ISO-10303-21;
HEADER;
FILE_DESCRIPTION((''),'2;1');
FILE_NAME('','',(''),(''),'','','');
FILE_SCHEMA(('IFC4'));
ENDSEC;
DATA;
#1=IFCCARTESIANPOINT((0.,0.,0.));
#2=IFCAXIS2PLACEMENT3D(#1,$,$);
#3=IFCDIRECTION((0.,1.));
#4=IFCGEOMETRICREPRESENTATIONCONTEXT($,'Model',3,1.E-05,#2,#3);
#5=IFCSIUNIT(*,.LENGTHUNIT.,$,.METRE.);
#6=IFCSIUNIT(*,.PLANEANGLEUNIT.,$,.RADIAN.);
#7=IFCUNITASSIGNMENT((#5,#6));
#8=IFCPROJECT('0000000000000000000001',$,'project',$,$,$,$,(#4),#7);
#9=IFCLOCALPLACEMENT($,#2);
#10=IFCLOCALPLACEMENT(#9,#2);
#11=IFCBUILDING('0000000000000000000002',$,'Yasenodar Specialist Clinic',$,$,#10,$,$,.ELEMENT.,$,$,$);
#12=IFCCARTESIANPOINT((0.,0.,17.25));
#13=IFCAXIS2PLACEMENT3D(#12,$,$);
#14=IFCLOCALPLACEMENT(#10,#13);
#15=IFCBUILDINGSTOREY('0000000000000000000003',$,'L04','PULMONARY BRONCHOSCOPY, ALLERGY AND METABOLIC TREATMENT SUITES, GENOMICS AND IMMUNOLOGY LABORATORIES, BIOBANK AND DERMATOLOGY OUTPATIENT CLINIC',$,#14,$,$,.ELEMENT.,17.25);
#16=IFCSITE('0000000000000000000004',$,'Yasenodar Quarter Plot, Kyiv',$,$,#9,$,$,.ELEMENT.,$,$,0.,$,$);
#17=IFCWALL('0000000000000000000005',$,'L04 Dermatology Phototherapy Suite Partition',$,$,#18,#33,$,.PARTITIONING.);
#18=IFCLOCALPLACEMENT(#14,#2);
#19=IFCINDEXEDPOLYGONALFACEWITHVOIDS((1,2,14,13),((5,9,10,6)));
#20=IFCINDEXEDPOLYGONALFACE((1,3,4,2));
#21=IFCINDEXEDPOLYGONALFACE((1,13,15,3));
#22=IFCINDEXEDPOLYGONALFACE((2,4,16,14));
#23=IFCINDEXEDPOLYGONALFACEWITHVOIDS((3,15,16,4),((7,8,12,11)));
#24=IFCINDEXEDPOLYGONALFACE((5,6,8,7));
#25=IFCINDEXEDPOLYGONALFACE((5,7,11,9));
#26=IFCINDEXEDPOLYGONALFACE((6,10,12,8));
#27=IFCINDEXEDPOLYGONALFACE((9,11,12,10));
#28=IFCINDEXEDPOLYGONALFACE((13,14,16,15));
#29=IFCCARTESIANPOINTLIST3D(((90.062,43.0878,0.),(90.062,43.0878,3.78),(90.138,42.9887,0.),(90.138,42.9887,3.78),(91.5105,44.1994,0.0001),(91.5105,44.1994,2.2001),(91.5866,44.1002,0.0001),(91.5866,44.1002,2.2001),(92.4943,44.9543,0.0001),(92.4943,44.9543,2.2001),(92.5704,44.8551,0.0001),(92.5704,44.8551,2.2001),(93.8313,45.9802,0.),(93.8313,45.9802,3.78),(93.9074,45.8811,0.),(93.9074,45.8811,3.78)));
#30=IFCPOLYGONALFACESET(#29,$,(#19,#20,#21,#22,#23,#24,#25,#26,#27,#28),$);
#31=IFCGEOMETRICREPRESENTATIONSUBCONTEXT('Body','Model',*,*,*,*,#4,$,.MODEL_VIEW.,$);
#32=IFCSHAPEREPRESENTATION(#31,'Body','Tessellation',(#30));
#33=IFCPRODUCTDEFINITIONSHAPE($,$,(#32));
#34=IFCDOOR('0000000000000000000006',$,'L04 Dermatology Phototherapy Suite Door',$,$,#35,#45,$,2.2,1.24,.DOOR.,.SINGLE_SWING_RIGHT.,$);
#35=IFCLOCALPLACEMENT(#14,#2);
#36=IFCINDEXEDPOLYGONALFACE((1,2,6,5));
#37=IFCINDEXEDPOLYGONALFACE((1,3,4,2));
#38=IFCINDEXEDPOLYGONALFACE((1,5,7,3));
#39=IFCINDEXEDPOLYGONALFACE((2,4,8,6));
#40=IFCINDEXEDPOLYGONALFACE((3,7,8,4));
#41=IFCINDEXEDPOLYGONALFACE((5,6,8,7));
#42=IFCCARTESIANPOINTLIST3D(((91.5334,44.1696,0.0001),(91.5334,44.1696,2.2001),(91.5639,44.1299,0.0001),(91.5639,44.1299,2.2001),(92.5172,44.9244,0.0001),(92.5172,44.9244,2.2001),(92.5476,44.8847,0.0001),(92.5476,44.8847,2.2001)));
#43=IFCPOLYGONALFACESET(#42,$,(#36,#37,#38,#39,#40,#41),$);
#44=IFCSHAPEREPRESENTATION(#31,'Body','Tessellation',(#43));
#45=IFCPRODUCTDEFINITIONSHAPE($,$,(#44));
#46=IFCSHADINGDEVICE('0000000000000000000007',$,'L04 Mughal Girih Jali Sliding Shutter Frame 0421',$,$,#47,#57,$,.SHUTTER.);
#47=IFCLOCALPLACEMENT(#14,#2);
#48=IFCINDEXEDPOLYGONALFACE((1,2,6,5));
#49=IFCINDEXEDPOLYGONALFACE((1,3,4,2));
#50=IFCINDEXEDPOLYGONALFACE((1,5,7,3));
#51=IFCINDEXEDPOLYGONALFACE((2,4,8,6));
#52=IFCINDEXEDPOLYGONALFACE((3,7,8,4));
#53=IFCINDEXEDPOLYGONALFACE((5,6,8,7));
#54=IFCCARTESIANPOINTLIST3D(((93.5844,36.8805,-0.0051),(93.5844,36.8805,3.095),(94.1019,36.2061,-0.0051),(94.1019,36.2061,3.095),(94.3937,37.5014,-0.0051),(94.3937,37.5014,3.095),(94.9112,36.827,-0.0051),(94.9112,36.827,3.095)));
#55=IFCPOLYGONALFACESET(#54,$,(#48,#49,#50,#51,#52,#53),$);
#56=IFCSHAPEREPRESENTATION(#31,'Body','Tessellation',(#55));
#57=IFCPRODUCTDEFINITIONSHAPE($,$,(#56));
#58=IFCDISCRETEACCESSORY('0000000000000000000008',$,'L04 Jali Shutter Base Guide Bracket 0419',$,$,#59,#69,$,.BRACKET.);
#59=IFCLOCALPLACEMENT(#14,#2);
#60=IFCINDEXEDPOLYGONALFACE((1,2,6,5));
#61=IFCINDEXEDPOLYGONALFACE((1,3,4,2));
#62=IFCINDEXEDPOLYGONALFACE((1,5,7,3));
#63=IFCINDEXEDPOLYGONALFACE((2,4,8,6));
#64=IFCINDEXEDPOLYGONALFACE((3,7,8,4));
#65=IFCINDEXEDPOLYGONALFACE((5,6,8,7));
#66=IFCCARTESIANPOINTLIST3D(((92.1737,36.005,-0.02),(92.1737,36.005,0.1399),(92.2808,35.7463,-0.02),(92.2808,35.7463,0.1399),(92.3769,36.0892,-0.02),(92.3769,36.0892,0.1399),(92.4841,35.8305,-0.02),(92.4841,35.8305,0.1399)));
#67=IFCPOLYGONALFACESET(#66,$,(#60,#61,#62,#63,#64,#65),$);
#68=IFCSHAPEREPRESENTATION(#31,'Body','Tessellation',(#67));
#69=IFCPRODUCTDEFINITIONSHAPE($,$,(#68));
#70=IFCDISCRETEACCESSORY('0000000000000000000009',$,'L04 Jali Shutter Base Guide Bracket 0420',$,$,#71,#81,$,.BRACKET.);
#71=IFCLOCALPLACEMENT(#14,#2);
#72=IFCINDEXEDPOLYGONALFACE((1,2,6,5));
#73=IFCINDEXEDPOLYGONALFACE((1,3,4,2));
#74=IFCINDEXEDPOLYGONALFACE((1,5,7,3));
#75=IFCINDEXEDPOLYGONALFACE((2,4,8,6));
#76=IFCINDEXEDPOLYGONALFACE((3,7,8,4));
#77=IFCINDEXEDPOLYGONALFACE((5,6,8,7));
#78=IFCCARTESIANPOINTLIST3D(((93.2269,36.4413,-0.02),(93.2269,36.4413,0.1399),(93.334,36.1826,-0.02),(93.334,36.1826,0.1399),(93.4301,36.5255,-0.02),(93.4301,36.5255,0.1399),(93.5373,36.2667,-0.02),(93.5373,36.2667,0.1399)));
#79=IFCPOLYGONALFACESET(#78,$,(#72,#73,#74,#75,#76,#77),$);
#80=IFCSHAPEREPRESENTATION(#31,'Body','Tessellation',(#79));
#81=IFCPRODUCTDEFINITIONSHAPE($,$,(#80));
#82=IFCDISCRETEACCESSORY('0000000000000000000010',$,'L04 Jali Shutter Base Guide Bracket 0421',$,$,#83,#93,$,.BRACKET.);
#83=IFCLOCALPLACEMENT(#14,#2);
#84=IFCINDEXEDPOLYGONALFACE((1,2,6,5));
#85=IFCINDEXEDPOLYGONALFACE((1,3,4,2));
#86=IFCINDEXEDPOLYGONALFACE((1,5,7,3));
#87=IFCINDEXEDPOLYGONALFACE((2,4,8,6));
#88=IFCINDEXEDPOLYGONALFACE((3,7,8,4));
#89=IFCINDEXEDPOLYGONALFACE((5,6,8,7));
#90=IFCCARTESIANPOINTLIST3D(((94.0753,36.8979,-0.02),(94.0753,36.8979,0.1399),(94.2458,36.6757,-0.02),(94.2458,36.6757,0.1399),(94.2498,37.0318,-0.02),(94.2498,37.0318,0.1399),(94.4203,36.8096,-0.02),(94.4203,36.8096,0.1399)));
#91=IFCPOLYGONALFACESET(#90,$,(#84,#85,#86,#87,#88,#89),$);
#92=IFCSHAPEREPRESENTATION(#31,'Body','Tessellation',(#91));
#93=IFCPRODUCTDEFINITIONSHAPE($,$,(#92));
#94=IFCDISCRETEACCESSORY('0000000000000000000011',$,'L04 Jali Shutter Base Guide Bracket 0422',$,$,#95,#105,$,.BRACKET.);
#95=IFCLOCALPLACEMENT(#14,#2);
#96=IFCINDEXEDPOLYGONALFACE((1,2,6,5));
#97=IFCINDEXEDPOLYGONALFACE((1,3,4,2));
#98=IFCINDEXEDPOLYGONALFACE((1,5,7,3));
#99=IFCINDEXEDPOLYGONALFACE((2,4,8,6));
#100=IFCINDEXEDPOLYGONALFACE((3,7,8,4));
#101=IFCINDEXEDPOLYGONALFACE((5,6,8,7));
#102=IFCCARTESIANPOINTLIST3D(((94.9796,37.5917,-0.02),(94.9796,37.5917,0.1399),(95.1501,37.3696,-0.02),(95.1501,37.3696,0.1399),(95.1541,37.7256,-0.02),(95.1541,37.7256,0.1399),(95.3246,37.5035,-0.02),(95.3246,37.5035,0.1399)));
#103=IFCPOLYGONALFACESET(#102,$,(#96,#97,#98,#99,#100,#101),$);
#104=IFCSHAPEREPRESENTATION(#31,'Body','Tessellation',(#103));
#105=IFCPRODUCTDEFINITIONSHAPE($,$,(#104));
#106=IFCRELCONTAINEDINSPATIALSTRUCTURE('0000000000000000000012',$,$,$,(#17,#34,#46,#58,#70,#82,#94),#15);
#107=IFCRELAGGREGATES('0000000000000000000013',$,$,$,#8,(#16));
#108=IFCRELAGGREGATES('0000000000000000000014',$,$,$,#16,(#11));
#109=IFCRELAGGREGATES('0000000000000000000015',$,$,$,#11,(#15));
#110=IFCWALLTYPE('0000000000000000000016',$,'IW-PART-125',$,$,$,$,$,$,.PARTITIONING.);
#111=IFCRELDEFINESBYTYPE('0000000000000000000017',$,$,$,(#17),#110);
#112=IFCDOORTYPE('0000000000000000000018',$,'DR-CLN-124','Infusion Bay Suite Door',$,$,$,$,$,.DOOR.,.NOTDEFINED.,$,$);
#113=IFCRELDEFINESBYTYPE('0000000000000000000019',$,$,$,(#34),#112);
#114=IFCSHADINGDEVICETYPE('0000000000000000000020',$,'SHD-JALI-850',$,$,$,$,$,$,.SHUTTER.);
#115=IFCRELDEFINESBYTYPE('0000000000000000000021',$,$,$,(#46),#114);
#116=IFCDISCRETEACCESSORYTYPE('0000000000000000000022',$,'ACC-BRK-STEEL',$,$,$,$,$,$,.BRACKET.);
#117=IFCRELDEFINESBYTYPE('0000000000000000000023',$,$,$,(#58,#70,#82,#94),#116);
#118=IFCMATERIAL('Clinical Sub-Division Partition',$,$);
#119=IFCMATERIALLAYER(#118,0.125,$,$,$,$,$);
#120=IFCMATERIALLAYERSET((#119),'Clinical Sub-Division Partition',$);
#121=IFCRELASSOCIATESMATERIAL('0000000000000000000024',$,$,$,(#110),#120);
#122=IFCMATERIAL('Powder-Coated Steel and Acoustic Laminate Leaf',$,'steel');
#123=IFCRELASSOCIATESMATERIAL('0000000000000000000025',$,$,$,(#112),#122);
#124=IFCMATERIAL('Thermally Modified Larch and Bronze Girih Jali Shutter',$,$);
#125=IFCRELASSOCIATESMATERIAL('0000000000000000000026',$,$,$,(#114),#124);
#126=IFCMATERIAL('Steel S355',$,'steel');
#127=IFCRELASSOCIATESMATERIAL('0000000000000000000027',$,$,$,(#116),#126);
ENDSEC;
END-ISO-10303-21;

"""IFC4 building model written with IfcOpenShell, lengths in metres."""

from ifc_helpers import new_model, si_unit, direction, frame, frame_2d, origin, origin_2d, place, context, subcontext, project, spatial, rectangle, extrude, material, layer, layer_set, type_object, element, fill, save


model = new_model("IFC4")

# Units and contexts
model_context = context("Model", 3, precision=1e-05, world=origin(), true_north=direction((0.0, 1.0)))
body_context = subcontext(model_context, "Body", "Model", "MODEL_VIEW")
ifc_project = project(units=[si_unit("LENGTHUNIT", "METRE"), si_unit("PLANEANGLEUNIT", "RADIAN")], contexts=[model_context])

# Site, building, storey
site_placement = place(None, origin())
site = spatial("IfcSite", under=ifc_project, at=site_placement, Name="Yasenodar Quarter Plot, Kyiv", CompositionType="ELEMENT", RefElevation=0.0)
building_placement = place(site_placement, origin())
building = spatial("IfcBuilding", under=site, at=building_placement, Name="Yasenodar Specialist Clinic", CompositionType="ELEMENT")
storey_placement = place(building_placement, frame((0.0, 0.0, 17.25)))
storey = spatial("IfcBuildingStorey", under=building, at=storey_placement, Name="L04", Description="PULMONARY BRONCHOSCOPY, ALLERGY AND METABOLIC TREATMENT SUITES, GENOMICS AND IMMUNOLOGY LABORATORIES, BIOBANK AND DERMATOLOGY OUTPATIENT CLINIC", CompositionType="ELEMENT", Elevation=17.25)

# Shared definitions
ifc_material_1 = material(Name="Steel S355", Category="steel")

# Wall, opening, door
ifc_material_2 = material(Name="Clinical Sub-Division Partition")
ifc_layer_1 = layer(ifc_material_2, 0.125)
ifc_layer_set_1 = layer_set([ifc_layer_1], Name="Clinical Sub-Division Partition")
wall_type_1 = type_object("IfcWallType", Name="IW-PART-125", PredefinedType="PARTITIONING", material=ifc_layer_set_1)
wall_1_placement = place(storey_placement, frame((90.1001, 43.0383, 0.0), z_axis=(0.0, 0.0, 1.0), x_axis=(0.793347, 0.608769, 0.0)))
wall_1 = element("IfcWall", 1, at=wall_1_placement, inside=storey, type_object=wall_type_1, Name="L04 Dermatology Phototherapy Suite Partition", PredefinedType="PARTITIONING", context=body_context, shape_type="SweptSolid", body=[
    extrude(rectangle(XDim=4.7512, YDim=0.125, at=frame_2d((2.3755, 0.0))), origin(), (0.0, 0.0, 1.0), 3.78),
])
opening_1_placement = place(wall_1_placement, frame((1.8257, 0.0, 0.0)))
opening_1 = element("IfcOpeningElement", 2, at=opening_1_placement, cuts=wall_1, PredefinedType="OPENING", context=body_context, shape_type="SweptSolid", body=[
    extrude(rectangle(XDim=1.24, YDim=2.2, at=frame_2d((0.6201, 1.1001))), frame((0.0, 0.0725, 0.0), z_axis=(0.0, -1.0, 0.0), x_axis=(1.0, 0.0, 0.0)), (0.0, 0.0, 1.0), 0.145),
])
ifc_material_3 = material(Name="Powder-Coated Steel and Acoustic Laminate Leaf", Category="steel")
door_type_1 = type_object("IfcDoorType", Name="DR-CLN-124", Description="Infusion Bay Suite Door", OperationType="NOTDEFINED", PredefinedType="DOOR", material=ifc_material_3)
door_1_placement = place(opening_1_placement, origin())
door_1 = element("IfcDoor", 3, at=door_1_placement, inside=storey, type_object=door_type_1, Name="L04 Dermatology Phototherapy Suite Door", OperationType="SINGLE_SWING_RIGHT", OverallHeight=2.2, OverallWidth=1.24, PredefinedType="DOOR", context=body_context, shape_type="SweptSolid", body=[
    extrude(rectangle(XDim=1.24, YDim=2.2, at=frame_2d((0.6201, 1.1001))), frame((0.0, 0.0249, 0.0), z_axis=(0.0, -1.0, 0.0), x_axis=(1.0, 0.0, 0.0)), (0.0, 0.0, 1.0), 0.05),
])
fill(opening_1, door_1)

# Shading device
ifc_material_4 = material(Name="Thermally Modified Larch and Bronze Girih Jali Shutter")
shading_device_type = type_object("IfcShadingDeviceType", Name="SHD-JALI-850", PredefinedType="SHUTTER", material=ifc_material_4)
shading_device_placement = place(storey_placement, frame((94.2478, 36.8538, -0.0051), z_axis=(0.0, 0.0, 1.0), x_axis=(0.793351, 0.608764, 0.0)))
element("IfcShadingDevice", 4, at=shading_device_placement, inside=storey, type_object=shading_device_type, Name="L04 Mughal Girih Jali Sliding Shutter Frame 0421", PredefinedType="SHUTTER", context=body_context, shape_type="SweptSolid", body=[
    extrude(rectangle(XDim=1.02, YDim=0.8501, at=origin_2d()), origin(), (0.0, 0.0, 1.0), 3.1001),
])

# Discrete accessories
discrete_accessory_type = type_object("IfcDiscreteAccessoryType", Name="ACC-BRK-STEEL", PredefinedType="BRACKET", material=ifc_material_1)
for number, where, z_axis, x_axis, name in (
    (5, (92.3289, 35.9177, -0.02), (0.0, 0.0, 1.0), (0.923878, 0.382687, 0.0), "L04 Jali Shutter Base Guide Bracket 0419"),
    (6, (93.3821, 36.354, -0.02), (0.0, 0.0, 1.0), (0.923878, 0.382687, 0.0), "L04 Jali Shutter Base Guide Bracket 0420"),
    (7, (94.2478, 36.8538, -0.02), (0.0, 0.0, 1.0), (0.793351, 0.608764, 0.0), "L04 Jali Shutter Base Guide Bracket 0421"),
    (8, (95.1521, 37.5476, -0.02), (0.0, 0.0, 1.0), (0.793351, 0.608764, 0.0), "L04 Jali Shutter Base Guide Bracket 0422"),
):
    element("IfcDiscreteAccessory", number, at=place(storey_placement, frame(where, z_axis=z_axis, x_axis=x_axis)), inside=storey, type_object=discrete_accessory_type, Name=name, PredefinedType="BRACKET", context=body_context, shape_type="SweptSolid", body=[
        extrude(rectangle(XDim=0.22, YDim=0.28, at=origin_2d()), origin(), (0.0, 0.0, 1.0), 0.1599),
    ])

save(model, "model.ifc")
